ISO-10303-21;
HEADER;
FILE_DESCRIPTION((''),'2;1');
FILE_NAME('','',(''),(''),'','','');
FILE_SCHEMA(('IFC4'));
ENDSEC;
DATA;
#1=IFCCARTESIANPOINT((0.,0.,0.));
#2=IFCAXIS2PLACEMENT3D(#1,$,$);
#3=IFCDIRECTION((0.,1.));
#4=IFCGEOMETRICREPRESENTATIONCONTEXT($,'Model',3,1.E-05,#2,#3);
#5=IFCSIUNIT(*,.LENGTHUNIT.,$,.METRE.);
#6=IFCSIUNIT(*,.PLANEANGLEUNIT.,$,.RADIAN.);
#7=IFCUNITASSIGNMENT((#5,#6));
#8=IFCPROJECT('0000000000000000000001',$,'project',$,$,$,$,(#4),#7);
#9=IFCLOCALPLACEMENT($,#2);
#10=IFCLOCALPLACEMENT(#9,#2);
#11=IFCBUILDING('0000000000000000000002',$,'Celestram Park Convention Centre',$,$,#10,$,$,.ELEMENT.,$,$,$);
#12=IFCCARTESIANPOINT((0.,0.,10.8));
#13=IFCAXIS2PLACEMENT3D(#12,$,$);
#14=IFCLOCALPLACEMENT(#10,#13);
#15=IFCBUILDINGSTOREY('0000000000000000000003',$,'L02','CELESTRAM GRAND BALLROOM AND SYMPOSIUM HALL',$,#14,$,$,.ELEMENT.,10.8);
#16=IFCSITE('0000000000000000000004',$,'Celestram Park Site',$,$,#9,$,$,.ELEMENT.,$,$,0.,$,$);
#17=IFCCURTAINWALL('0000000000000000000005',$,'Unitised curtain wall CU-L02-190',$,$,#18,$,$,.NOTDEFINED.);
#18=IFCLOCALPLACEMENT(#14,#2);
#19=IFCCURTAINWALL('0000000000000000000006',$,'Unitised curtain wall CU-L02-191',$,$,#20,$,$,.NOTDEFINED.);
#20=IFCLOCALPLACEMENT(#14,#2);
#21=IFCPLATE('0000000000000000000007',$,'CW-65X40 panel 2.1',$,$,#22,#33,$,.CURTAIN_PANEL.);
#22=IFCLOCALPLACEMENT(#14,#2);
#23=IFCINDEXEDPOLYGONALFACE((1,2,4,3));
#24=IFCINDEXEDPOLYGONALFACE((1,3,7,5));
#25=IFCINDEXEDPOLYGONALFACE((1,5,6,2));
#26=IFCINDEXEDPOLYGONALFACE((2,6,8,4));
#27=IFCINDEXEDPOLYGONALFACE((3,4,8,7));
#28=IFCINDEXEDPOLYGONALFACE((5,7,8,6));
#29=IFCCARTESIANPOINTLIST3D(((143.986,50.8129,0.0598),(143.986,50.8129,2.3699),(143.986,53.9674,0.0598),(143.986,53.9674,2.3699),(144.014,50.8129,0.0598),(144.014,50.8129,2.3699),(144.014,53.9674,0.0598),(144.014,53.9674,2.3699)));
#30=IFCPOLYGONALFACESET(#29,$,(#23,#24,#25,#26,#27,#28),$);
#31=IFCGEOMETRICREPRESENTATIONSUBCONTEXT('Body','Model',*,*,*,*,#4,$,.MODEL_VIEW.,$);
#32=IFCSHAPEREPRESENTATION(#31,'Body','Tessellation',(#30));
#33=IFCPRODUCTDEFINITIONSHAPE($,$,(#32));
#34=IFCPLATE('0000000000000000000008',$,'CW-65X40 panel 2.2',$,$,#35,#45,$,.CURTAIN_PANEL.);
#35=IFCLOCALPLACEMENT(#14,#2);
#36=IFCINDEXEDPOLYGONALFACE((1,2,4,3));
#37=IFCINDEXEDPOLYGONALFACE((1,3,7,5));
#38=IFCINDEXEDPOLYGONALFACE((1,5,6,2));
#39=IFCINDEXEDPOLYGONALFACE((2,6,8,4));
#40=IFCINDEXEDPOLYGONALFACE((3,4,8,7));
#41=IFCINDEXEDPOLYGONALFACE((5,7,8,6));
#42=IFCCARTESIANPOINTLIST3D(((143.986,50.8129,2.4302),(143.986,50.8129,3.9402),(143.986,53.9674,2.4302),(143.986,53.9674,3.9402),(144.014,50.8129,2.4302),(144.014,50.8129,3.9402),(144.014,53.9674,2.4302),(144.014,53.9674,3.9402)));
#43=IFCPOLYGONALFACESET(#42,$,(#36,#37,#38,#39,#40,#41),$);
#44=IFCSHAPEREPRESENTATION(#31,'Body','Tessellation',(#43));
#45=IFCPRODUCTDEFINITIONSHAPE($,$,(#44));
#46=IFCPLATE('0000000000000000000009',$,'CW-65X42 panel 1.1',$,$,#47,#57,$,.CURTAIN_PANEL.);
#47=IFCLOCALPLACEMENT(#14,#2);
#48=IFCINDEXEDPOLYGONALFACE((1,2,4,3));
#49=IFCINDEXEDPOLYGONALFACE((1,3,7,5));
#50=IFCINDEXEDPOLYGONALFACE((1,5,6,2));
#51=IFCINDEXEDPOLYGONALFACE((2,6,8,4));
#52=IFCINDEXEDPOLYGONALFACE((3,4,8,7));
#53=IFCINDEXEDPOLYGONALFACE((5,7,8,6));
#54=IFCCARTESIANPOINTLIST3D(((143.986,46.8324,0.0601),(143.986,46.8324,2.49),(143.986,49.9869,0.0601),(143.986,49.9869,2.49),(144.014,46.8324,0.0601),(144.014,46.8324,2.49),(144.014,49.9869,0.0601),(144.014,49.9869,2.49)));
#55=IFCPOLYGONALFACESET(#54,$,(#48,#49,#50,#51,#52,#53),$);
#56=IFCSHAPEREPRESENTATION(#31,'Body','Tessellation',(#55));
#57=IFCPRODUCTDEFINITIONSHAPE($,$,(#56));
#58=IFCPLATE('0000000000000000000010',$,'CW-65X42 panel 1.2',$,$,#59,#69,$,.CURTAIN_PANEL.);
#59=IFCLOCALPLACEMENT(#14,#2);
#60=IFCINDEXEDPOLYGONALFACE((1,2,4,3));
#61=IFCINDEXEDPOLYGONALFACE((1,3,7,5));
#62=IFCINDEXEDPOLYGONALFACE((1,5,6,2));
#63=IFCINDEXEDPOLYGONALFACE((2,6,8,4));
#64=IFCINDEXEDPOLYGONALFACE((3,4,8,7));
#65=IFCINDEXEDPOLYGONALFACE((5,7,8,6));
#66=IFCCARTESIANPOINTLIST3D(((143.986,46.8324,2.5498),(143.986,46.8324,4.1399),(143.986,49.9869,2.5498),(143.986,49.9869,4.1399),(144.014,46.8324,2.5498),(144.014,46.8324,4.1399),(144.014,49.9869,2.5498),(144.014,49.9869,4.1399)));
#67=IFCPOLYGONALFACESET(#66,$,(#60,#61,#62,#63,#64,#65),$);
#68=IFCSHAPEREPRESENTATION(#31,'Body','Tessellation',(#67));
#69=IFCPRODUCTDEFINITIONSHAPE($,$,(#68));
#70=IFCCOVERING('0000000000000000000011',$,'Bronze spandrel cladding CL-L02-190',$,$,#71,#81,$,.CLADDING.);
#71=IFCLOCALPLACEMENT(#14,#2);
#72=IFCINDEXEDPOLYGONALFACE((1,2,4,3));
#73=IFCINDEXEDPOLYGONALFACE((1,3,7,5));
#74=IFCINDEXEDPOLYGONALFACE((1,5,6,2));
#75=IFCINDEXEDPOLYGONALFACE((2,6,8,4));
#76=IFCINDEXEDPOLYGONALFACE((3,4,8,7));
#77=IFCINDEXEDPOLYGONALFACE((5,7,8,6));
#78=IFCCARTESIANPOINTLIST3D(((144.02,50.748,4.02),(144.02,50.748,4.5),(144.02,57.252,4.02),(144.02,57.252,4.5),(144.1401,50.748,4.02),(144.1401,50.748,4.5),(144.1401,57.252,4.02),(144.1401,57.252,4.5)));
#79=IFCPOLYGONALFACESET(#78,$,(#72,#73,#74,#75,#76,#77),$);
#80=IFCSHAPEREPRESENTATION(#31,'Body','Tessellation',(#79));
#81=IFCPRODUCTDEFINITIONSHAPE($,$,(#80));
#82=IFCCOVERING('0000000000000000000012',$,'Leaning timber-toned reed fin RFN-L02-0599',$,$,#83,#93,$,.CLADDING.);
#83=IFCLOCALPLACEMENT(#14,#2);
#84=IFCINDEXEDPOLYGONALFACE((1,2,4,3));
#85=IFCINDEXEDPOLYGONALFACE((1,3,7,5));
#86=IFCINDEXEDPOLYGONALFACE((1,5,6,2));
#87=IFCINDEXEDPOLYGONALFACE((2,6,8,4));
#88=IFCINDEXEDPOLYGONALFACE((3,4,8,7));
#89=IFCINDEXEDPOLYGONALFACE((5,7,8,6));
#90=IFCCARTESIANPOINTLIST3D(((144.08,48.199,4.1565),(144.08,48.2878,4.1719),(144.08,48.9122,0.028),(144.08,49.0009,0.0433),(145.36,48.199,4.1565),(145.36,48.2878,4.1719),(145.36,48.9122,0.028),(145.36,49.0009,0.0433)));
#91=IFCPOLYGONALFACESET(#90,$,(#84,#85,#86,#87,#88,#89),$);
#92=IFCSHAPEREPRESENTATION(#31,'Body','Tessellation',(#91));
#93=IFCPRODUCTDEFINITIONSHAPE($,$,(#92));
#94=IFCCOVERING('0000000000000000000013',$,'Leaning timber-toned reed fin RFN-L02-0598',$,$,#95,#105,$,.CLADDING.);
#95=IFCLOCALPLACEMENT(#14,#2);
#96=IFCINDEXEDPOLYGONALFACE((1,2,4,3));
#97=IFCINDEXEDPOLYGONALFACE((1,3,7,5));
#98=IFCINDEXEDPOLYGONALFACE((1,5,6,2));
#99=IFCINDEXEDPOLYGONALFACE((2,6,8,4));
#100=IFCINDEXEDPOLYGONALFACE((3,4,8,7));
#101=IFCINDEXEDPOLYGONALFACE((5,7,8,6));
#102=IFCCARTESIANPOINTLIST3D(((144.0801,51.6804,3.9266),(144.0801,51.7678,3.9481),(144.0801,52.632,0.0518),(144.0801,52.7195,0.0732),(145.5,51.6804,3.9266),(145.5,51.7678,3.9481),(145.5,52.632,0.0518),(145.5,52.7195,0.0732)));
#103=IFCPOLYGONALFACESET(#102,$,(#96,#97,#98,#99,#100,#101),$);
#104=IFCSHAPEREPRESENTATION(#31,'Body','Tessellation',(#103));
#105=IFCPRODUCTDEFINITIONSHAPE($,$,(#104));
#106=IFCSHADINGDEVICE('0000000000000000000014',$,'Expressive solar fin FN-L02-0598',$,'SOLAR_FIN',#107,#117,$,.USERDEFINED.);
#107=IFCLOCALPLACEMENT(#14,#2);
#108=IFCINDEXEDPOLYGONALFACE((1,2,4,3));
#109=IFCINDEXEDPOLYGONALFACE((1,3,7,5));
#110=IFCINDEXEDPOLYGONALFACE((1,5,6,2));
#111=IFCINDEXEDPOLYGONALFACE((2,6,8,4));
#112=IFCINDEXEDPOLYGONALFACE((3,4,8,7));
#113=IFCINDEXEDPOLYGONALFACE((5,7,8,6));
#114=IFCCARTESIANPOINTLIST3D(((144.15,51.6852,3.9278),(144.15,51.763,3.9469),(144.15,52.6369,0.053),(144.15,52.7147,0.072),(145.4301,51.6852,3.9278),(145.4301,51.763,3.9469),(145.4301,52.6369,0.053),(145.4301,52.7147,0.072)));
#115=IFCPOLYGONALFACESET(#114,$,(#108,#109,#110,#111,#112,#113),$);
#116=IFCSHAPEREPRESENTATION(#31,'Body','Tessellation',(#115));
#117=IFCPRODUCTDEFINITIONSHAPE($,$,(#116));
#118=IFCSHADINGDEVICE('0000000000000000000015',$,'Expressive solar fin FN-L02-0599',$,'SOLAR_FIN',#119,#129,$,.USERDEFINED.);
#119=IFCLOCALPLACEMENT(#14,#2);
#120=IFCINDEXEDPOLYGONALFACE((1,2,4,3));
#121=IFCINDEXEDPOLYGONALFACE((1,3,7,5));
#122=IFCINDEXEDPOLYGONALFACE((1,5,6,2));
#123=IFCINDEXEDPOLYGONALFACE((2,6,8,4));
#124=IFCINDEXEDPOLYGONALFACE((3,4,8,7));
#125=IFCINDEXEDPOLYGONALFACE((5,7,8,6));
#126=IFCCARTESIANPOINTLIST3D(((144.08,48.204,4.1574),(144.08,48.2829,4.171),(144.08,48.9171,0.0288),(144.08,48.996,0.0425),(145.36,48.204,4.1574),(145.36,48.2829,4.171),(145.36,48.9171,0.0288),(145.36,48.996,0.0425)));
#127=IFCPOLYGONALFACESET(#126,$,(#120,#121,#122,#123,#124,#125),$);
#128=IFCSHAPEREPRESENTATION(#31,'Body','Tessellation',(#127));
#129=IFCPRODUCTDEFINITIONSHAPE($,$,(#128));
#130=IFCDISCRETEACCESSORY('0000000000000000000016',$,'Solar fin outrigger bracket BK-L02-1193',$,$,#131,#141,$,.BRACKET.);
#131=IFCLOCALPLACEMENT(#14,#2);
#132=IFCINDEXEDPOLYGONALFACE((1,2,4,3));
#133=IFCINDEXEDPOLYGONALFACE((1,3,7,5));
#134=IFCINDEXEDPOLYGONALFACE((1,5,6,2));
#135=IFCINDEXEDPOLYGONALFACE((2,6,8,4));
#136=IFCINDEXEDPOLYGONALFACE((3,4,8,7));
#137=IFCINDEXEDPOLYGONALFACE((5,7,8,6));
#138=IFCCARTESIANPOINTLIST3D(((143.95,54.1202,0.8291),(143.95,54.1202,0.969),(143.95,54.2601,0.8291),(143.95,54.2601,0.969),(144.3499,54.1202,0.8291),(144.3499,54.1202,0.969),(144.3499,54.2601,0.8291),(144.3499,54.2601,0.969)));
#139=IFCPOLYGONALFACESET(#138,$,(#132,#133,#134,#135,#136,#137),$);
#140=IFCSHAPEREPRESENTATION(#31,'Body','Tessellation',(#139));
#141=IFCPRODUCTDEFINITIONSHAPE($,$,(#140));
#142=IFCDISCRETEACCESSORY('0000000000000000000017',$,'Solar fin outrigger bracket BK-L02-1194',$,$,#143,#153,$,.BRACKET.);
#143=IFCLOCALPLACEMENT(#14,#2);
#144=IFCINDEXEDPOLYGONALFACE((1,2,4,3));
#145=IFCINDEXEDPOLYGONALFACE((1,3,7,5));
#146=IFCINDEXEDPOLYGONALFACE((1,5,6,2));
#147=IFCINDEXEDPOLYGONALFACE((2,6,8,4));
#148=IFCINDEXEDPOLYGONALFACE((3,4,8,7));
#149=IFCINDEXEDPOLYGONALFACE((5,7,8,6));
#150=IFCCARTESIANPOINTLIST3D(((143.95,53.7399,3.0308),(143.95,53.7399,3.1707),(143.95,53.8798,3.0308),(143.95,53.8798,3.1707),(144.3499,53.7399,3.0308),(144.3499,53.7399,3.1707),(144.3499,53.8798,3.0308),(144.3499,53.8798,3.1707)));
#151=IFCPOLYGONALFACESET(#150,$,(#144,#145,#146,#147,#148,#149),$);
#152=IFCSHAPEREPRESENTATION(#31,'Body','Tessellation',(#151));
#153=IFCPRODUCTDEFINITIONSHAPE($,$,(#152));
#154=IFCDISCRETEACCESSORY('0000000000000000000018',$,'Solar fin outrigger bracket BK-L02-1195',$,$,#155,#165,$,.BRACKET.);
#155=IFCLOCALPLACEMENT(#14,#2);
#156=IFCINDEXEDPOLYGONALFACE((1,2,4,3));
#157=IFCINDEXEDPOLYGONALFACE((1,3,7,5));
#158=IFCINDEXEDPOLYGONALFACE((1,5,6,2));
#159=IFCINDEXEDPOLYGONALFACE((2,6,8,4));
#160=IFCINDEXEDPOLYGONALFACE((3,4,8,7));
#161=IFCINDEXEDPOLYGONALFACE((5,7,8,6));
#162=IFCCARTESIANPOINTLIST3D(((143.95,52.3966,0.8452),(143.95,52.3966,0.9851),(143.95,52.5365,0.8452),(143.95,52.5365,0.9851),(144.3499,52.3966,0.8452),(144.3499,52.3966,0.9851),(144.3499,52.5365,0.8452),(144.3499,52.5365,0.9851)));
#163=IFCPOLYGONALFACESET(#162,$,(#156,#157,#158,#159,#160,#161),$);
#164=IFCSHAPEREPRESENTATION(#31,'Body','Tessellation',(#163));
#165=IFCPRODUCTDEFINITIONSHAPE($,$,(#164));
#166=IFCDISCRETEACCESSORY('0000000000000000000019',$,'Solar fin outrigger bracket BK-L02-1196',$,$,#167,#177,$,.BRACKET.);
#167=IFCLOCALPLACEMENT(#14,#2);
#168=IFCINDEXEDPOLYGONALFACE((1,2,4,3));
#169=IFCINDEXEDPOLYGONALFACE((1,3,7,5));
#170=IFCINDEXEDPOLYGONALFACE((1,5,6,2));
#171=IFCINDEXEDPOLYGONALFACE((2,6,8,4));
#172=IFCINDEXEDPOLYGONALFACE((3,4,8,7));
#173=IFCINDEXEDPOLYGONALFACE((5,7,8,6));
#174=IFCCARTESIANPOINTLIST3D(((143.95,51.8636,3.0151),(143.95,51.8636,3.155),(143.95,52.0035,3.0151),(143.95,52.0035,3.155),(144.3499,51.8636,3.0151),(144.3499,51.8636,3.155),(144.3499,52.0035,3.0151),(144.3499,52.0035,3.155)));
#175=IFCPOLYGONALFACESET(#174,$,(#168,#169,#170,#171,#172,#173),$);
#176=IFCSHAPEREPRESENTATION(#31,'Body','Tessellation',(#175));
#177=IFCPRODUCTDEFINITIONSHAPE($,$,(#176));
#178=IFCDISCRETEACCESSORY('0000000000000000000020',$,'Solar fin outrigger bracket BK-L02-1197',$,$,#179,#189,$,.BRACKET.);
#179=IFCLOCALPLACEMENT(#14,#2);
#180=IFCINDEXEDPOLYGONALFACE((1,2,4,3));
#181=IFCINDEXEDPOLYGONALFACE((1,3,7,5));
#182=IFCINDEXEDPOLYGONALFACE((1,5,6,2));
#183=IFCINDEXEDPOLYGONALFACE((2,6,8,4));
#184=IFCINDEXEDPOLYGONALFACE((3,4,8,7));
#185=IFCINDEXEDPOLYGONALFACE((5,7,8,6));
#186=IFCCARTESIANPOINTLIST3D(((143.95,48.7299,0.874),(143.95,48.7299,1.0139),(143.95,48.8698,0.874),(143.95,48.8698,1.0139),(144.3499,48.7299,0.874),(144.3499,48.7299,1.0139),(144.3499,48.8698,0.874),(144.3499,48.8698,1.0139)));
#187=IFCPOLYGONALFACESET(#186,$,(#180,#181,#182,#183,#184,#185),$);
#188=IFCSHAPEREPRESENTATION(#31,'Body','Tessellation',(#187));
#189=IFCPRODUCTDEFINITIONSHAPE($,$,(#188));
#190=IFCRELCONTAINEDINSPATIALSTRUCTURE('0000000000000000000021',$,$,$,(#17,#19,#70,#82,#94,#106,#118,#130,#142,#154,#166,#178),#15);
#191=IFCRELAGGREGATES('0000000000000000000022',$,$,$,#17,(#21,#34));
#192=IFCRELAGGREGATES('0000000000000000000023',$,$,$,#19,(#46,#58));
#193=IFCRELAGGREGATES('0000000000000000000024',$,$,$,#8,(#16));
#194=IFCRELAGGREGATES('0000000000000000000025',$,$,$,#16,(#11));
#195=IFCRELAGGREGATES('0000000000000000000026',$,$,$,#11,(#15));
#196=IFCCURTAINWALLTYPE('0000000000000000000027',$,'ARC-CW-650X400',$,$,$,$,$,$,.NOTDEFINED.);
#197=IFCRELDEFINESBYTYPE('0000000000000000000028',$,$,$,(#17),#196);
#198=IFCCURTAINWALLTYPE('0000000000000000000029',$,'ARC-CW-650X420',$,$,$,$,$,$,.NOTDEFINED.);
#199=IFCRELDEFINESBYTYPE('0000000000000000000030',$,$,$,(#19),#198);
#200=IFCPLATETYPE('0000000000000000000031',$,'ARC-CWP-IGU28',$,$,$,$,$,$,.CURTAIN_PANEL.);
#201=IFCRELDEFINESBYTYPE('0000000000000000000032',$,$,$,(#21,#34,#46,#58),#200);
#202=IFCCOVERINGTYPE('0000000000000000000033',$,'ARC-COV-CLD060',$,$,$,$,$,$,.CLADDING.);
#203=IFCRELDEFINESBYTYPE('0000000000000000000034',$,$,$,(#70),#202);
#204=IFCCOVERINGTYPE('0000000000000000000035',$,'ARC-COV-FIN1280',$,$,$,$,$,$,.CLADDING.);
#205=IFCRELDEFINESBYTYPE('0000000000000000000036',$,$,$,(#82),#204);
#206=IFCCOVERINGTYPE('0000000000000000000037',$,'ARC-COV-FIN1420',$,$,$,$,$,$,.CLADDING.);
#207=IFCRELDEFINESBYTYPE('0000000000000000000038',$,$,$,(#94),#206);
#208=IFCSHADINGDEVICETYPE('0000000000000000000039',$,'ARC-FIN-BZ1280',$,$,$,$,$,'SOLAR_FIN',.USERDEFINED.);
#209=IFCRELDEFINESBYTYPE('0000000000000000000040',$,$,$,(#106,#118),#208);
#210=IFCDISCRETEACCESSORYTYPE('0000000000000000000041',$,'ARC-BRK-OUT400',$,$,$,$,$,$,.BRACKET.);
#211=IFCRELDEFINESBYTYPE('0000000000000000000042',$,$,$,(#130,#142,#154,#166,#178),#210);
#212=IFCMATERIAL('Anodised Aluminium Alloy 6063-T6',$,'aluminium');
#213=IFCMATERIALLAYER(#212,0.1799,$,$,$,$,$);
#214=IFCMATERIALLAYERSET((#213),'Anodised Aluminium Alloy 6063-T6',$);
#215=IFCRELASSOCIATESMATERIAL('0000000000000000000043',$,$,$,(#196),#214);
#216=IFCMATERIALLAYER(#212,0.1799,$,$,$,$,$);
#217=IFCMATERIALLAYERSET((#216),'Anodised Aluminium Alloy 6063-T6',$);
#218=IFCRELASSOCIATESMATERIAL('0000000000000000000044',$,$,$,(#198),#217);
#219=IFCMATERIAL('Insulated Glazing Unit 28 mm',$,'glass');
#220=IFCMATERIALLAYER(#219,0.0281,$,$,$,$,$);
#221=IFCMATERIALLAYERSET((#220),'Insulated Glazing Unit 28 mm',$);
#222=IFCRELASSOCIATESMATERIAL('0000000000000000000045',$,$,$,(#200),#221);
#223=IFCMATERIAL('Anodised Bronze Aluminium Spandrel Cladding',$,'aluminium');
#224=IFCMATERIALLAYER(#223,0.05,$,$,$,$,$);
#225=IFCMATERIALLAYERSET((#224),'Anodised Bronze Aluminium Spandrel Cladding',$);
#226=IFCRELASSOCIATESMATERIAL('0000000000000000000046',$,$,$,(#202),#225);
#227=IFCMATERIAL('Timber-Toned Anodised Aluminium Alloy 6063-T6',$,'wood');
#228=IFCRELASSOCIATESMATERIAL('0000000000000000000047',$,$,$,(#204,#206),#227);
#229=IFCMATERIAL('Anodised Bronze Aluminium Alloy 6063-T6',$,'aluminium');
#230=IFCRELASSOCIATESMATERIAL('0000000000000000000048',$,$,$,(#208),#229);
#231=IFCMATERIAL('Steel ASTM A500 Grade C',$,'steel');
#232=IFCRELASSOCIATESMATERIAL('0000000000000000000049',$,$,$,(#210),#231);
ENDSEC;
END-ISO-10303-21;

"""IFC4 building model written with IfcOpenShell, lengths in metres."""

from ifc_helpers import new_model, si_unit, direction, frame, origin, origin_2d, place, context, subcontext, project, spatial, rectangle, extrude, material, layer, layer_set, material_profile, profile_set, type_object, element, aggregate, save


model = new_model("IFC4")

# Units and contexts
model_context = context("Model", 3, precision=1e-05, world=origin(), true_north=direction((0.0, 1.0)))
body_context = subcontext(model_context, "Body", "Model", "MODEL_VIEW")
ifc_project = project(units=[si_unit("LENGTHUNIT", "METRE"), si_unit("PLANEANGLEUNIT", "RADIAN")], contexts=[model_context])

# Site, building, storey
site_placement = place(None, origin())
site = spatial("IfcSite", under=ifc_project, at=site_placement, Name="Celestram Park Site", CompositionType="ELEMENT", RefElevation=0.0)
building_placement = place(site_placement, origin())
building = spatial("IfcBuilding", under=site, at=building_placement, Name="Celestram Park Convention Centre", CompositionType="ELEMENT")
storey_placement = place(building_placement, frame((0.0, 0.0, 10.8)))
storey = spatial("IfcBuildingStorey", under=building, at=storey_placement, Name="L02", Description="CELESTRAM GRAND BALLROOM AND SYMPOSIUM HALL", CompositionType="ELEMENT", Elevation=10.8)

# Curtain wall
ifc_material_1 = material(Name="Anodised Aluminium Alloy 6063-T6", Category="aluminium")
ifc_layer_1 = layer(ifc_material_1, 0.1799)
ifc_layer_set_1 = layer_set([ifc_layer_1], Name="Anodised Aluminium Alloy 6063-T6")
curtain_wall_type_1 = type_object("IfcCurtainWallType", Name="ARC-CW-650X400", PredefinedType="NOTDEFINED", material=ifc_layer_set_1)
curtain_wall_1_placement = place(storey_placement, origin())
curtain_wall_1 = element("IfcCurtainWall", 1, at=curtain_wall_1_placement, inside=storey, type_object=curtain_wall_type_1, Name="Unitised curtain wall CU-L02-190", PredefinedType="NOTDEFINED")

# Curtain wall
ifc_layer_2 = layer(ifc_material_1, 0.1799)
ifc_layer_set_2 = layer_set([ifc_layer_2], Name="Anodised Aluminium Alloy 6063-T6")
curtain_wall_type_2 = type_object("IfcCurtainWallType", Name="ARC-CW-650X420", PredefinedType="NOTDEFINED", material=ifc_layer_set_2)
curtain_wall_2_placement = place(storey_placement, origin())
curtain_wall_2 = element("IfcCurtainWall", 2, at=curtain_wall_2_placement, inside=storey, type_object=curtain_wall_type_2, Name="Unitised curtain wall CU-L02-191", PredefinedType="NOTDEFINED")

# Shared definitions
ifc_material_2 = material(Name="Steel ASTM A500 Grade C", Category="steel")

# Plates
ifc_material_3 = material(Name="Insulated Glazing Unit 28 mm", Category="glass")
ifc_layer_3 = layer(ifc_material_3, 0.0281)
ifc_layer_set_3 = layer_set([ifc_layer_3], Name="Insulated Glazing Unit 28 mm")
plate_type = type_object("IfcPlateType", Name="ARC-CWP-IGU28", PredefinedType="CURTAIN_PANEL", material=ifc_layer_set_3)
plate_1_placement = place(storey_placement, frame((144.0, 52.3901, 0.0598), z_axis=(0.0, 0.0, 1.0), x_axis=(0.0, -1.0, 0.0)))
plate_1 = element("IfcPlate", 3, at=plate_1_placement, type_object=plate_type, Name="CW-65X40 panel 2.1", PredefinedType="CURTAIN_PANEL", context=body_context, shape_type="SweptSolid", body=[
    extrude(rectangle(XDim=3.1545, YDim=0.0281, at=origin_2d()), origin(), (0.0, 0.0, 1.0), 2.3101),
])
plate_2_placement = place(storey_placement, frame((144.0, 52.3901, 2.4302), z_axis=(0.0, 0.0, 1.0), x_axis=(0.0, -1.0, 0.0)))
plate_2 = element("IfcPlate", 4, at=plate_2_placement, type_object=plate_type, Name="CW-65X40 panel 2.2", PredefinedType="CURTAIN_PANEL", context=body_context, shape_type="SweptSolid", body=[
    extrude(rectangle(XDim=3.1545, YDim=0.0281, at=origin_2d()), origin(), (0.0, 0.0, 1.0), 1.51),
])
aggregate(curtain_wall_1, [plate_1, plate_2])
plate_3_placement = place(storey_placement, frame((144.0, 48.4097, 0.0601), z_axis=(0.0, 0.0, 1.0), x_axis=(0.0, -1.0, 0.0)))
plate_3 = element("IfcPlate", 5, at=plate_3_placement, type_object=plate_type, Name="CW-65X42 panel 1.1", PredefinedType="CURTAIN_PANEL", context=body_context, shape_type="SweptSolid", body=[
    extrude(rectangle(XDim=3.1545, YDim=0.0281, at=origin_2d()), origin(), (0.0, 0.0, 1.0), 2.4299),
])
plate_4_placement = place(storey_placement, frame((144.0, 48.4097, 2.5498), z_axis=(0.0, 0.0, 1.0), x_axis=(0.0, -1.0, 0.0)))
plate_4 = element("IfcPlate", 6, at=plate_4_placement, type_object=plate_type, Name="CW-65X42 panel 1.2", PredefinedType="CURTAIN_PANEL", context=body_context, shape_type="SweptSolid", body=[
    extrude(rectangle(XDim=3.1545, YDim=0.0281, at=origin_2d()), origin(), (0.0, 0.0, 1.0), 1.5901),
])
aggregate(curtain_wall_2, [plate_3, plate_4])

# Coverings
ifc_material_4 = material(Name="Anodised Bronze Aluminium Spandrel Cladding", Category="aluminium")
ifc_layer_4 = layer(ifc_material_4, 0.05)
ifc_layer_set_4 = layer_set([ifc_layer_4], Name="Anodised Bronze Aluminium Spandrel Cladding")
covering_type_1 = type_object("IfcCoveringType", Name="ARC-COV-CLD060", PredefinedType="CLADDING", material=ifc_layer_set_4)
covering_1_placement = place(storey_placement, frame((144.0801, 54.0, 4.02), z_axis=(0.0, 0.0, 1.0), x_axis=(0.0, -1.0, 0.0)))
element("IfcCovering", 7, at=covering_1_placement, inside=storey, type_object=covering_type_1, Name="Bronze spandrel cladding CL-L02-190", PredefinedType="CLADDING", context=body_context, shape_type="SweptSolid", body=[
    extrude(rectangle(XDim=6.5039, YDim=0.1201, at=origin_2d()), origin(), (0.0, 0.0, 1.0), 0.48),
])
ifc_material_5 = material(Name="Timber-Toned Anodised Aluminium Alloy 6063-T6", Category="wood")
ifc_material_profile_1 = material_profile(ifc_material_5, rectangle(XDim=1.28, YDim=0.0901, at=origin_2d()), Name="REED1280X90")
ifc_profile_set_1 = profile_set([ifc_material_profile_1], Name="Timber-Toned Anodised Aluminium Alloy 6063-T6")
covering_type_2 = type_object("IfcCoveringType", Name="ARC-COV-FIN1280", PredefinedType="CLADDING", material=ifc_profile_set_1)
covering_2_placement = place(storey_placement, frame((144.72, 48.9565, 0.0356), z_axis=(0.0, -0.170207, 0.985408), x_axis=(1.0, 0.0, 0.0)))
element("IfcCovering", 8, at=covering_2_placement, inside=storey, type_object=covering_type_2, Name="Leaning timber-toned reed fin RFN-L02-0599", PredefinedType="CLADDING", context=body_context, shape_type="SweptSolid", body=[
    extrude(rectangle(XDim=1.28, YDim=0.0901, at=origin_2d()), origin(), (0.0, 0.0, 1.0), 4.1897),
])
ifc_material_profile_2 = material_profile(ifc_material_5, rectangle(XDim=1.4199, YDim=0.0901, at=origin_2d()), Name="REED1420X90")
ifc_profile_set_2 = profile_set([ifc_material_profile_2], Name="Timber-Toned Anodised Aluminium Alloy 6063-T6")
covering_type_3 = type_object("IfcCoveringType", Name="ARC-COV-FIN1420", PredefinedType="CLADDING", material=ifc_profile_set_2)
covering_3_placement = place(storey_placement, frame((144.79, 52.6758, 0.0625), z_axis=(0.0, -0.238517, 0.971138), x_axis=(1.0, 0.0, 0.0)))
element("IfcCovering", 9, at=covering_3_placement, inside=storey, type_object=covering_type_3, Name="Leaning timber-toned reed fin RFN-L02-0598", PredefinedType="CLADDING", context=body_context, shape_type="SweptSolid", body=[
    extrude(rectangle(XDim=1.4199, YDim=0.0901, at=origin_2d()), origin(), (0.0, 0.0, 1.0), 3.99),
])

# Shading devices
ifc_material_6 = material(Name="Anodised Bronze Aluminium Alloy 6063-T6", Category="aluminium")
ifc_material_profile_3 = material_profile(ifc_material_6, rectangle(XDim=1.28, YDim=0.0801, at=origin_2d()), Name="FIN1280X80")
ifc_profile_set_3 = profile_set([ifc_material_profile_3], Name="Anodised Bronze Aluminium Alloy 6063-T6")
shading_device_type = type_object("IfcShadingDeviceType", Name="ARC-FIN-BZ1280", ElementType="SOLAR_FIN", PredefinedType="USERDEFINED", material=ifc_profile_set_3)
shading_device_1_placement = place(storey_placement, frame((144.79, 52.6758, 0.0625), z_axis=(0.0, -0.238517, 0.971138), x_axis=(1.0, 0.0, 0.0)))
element("IfcShadingDevice", 10, at=shading_device_1_placement, inside=storey, type_object=shading_device_type, Name="Expressive solar fin FN-L02-0598", ObjectType="SOLAR_FIN", PredefinedType="USERDEFINED", context=body_context, shape_type="SweptSolid", body=[
    extrude(rectangle(XDim=1.28, YDim=0.0801, at=origin_2d()), origin(), (0.0, 0.0, 1.0), 3.99),
])
shading_device_2_placement = place(storey_placement, frame((144.72, 48.9565, 0.0356), z_axis=(0.0, -0.170207, 0.985408), x_axis=(1.0, 0.0, 0.0)))
element("IfcShadingDevice", 11, at=shading_device_2_placement, inside=storey, type_object=shading_device_type, Name="Expressive solar fin FN-L02-0599", ObjectType="SOLAR_FIN", PredefinedType="USERDEFINED", context=body_context, shape_type="SweptSolid", body=[
    extrude(rectangle(XDim=1.28, YDim=0.0801, at=origin_2d()), origin(), (0.0, 0.0, 1.0), 4.1897),
])

# Discrete accessories
discrete_accessory_type = type_object("IfcDiscreteAccessoryType", Name="ARC-BRK-OUT400", PredefinedType="BRACKET", material=ifc_material_2)
for number, where, z_axis, x_axis, name in (
    (12, (144.1499, 54.1902, 0.8291), (0.0, 0.0, 1.0), (1.0, 0.0, 0.0), "Solar fin outrigger bracket BK-L02-1193"),
    (13, (144.1499, 53.8098, 3.0308), (0.0, 0.0, 1.0), (1.0, 0.0, 0.0), "Solar fin outrigger bracket BK-L02-1194"),
    (14, (144.1499, 52.4666, 0.8452), (0.0, 0.0, 1.0), (1.0, 0.0, 0.0), "Solar fin outrigger bracket BK-L02-1195"),
    (15, (144.1499, 51.9336, 3.0151), (0.0, 0.0, 1.0), (1.0, 0.0, 0.0), "Solar fin outrigger bracket BK-L02-1196"),
    (16, (144.1499, 48.7998, 0.874), (0.0, 0.0, 1.0), (1.0, 0.0, 0.0), "Solar fin outrigger bracket BK-L02-1197"),
):
    element("IfcDiscreteAccessory", number, at=place(storey_placement, frame(where, z_axis=z_axis, x_axis=x_axis)), inside=storey, type_object=discrete_accessory_type, Name=name, PredefinedType="BRACKET", context=body_context, shape_type="SweptSolid", body=[
        extrude(rectangle(XDim=0.3999, YDim=0.1399, at=origin_2d()), origin(), (0.0, 0.0, 1.0), 0.1399),
    ])

save(model, "model.ifc")
